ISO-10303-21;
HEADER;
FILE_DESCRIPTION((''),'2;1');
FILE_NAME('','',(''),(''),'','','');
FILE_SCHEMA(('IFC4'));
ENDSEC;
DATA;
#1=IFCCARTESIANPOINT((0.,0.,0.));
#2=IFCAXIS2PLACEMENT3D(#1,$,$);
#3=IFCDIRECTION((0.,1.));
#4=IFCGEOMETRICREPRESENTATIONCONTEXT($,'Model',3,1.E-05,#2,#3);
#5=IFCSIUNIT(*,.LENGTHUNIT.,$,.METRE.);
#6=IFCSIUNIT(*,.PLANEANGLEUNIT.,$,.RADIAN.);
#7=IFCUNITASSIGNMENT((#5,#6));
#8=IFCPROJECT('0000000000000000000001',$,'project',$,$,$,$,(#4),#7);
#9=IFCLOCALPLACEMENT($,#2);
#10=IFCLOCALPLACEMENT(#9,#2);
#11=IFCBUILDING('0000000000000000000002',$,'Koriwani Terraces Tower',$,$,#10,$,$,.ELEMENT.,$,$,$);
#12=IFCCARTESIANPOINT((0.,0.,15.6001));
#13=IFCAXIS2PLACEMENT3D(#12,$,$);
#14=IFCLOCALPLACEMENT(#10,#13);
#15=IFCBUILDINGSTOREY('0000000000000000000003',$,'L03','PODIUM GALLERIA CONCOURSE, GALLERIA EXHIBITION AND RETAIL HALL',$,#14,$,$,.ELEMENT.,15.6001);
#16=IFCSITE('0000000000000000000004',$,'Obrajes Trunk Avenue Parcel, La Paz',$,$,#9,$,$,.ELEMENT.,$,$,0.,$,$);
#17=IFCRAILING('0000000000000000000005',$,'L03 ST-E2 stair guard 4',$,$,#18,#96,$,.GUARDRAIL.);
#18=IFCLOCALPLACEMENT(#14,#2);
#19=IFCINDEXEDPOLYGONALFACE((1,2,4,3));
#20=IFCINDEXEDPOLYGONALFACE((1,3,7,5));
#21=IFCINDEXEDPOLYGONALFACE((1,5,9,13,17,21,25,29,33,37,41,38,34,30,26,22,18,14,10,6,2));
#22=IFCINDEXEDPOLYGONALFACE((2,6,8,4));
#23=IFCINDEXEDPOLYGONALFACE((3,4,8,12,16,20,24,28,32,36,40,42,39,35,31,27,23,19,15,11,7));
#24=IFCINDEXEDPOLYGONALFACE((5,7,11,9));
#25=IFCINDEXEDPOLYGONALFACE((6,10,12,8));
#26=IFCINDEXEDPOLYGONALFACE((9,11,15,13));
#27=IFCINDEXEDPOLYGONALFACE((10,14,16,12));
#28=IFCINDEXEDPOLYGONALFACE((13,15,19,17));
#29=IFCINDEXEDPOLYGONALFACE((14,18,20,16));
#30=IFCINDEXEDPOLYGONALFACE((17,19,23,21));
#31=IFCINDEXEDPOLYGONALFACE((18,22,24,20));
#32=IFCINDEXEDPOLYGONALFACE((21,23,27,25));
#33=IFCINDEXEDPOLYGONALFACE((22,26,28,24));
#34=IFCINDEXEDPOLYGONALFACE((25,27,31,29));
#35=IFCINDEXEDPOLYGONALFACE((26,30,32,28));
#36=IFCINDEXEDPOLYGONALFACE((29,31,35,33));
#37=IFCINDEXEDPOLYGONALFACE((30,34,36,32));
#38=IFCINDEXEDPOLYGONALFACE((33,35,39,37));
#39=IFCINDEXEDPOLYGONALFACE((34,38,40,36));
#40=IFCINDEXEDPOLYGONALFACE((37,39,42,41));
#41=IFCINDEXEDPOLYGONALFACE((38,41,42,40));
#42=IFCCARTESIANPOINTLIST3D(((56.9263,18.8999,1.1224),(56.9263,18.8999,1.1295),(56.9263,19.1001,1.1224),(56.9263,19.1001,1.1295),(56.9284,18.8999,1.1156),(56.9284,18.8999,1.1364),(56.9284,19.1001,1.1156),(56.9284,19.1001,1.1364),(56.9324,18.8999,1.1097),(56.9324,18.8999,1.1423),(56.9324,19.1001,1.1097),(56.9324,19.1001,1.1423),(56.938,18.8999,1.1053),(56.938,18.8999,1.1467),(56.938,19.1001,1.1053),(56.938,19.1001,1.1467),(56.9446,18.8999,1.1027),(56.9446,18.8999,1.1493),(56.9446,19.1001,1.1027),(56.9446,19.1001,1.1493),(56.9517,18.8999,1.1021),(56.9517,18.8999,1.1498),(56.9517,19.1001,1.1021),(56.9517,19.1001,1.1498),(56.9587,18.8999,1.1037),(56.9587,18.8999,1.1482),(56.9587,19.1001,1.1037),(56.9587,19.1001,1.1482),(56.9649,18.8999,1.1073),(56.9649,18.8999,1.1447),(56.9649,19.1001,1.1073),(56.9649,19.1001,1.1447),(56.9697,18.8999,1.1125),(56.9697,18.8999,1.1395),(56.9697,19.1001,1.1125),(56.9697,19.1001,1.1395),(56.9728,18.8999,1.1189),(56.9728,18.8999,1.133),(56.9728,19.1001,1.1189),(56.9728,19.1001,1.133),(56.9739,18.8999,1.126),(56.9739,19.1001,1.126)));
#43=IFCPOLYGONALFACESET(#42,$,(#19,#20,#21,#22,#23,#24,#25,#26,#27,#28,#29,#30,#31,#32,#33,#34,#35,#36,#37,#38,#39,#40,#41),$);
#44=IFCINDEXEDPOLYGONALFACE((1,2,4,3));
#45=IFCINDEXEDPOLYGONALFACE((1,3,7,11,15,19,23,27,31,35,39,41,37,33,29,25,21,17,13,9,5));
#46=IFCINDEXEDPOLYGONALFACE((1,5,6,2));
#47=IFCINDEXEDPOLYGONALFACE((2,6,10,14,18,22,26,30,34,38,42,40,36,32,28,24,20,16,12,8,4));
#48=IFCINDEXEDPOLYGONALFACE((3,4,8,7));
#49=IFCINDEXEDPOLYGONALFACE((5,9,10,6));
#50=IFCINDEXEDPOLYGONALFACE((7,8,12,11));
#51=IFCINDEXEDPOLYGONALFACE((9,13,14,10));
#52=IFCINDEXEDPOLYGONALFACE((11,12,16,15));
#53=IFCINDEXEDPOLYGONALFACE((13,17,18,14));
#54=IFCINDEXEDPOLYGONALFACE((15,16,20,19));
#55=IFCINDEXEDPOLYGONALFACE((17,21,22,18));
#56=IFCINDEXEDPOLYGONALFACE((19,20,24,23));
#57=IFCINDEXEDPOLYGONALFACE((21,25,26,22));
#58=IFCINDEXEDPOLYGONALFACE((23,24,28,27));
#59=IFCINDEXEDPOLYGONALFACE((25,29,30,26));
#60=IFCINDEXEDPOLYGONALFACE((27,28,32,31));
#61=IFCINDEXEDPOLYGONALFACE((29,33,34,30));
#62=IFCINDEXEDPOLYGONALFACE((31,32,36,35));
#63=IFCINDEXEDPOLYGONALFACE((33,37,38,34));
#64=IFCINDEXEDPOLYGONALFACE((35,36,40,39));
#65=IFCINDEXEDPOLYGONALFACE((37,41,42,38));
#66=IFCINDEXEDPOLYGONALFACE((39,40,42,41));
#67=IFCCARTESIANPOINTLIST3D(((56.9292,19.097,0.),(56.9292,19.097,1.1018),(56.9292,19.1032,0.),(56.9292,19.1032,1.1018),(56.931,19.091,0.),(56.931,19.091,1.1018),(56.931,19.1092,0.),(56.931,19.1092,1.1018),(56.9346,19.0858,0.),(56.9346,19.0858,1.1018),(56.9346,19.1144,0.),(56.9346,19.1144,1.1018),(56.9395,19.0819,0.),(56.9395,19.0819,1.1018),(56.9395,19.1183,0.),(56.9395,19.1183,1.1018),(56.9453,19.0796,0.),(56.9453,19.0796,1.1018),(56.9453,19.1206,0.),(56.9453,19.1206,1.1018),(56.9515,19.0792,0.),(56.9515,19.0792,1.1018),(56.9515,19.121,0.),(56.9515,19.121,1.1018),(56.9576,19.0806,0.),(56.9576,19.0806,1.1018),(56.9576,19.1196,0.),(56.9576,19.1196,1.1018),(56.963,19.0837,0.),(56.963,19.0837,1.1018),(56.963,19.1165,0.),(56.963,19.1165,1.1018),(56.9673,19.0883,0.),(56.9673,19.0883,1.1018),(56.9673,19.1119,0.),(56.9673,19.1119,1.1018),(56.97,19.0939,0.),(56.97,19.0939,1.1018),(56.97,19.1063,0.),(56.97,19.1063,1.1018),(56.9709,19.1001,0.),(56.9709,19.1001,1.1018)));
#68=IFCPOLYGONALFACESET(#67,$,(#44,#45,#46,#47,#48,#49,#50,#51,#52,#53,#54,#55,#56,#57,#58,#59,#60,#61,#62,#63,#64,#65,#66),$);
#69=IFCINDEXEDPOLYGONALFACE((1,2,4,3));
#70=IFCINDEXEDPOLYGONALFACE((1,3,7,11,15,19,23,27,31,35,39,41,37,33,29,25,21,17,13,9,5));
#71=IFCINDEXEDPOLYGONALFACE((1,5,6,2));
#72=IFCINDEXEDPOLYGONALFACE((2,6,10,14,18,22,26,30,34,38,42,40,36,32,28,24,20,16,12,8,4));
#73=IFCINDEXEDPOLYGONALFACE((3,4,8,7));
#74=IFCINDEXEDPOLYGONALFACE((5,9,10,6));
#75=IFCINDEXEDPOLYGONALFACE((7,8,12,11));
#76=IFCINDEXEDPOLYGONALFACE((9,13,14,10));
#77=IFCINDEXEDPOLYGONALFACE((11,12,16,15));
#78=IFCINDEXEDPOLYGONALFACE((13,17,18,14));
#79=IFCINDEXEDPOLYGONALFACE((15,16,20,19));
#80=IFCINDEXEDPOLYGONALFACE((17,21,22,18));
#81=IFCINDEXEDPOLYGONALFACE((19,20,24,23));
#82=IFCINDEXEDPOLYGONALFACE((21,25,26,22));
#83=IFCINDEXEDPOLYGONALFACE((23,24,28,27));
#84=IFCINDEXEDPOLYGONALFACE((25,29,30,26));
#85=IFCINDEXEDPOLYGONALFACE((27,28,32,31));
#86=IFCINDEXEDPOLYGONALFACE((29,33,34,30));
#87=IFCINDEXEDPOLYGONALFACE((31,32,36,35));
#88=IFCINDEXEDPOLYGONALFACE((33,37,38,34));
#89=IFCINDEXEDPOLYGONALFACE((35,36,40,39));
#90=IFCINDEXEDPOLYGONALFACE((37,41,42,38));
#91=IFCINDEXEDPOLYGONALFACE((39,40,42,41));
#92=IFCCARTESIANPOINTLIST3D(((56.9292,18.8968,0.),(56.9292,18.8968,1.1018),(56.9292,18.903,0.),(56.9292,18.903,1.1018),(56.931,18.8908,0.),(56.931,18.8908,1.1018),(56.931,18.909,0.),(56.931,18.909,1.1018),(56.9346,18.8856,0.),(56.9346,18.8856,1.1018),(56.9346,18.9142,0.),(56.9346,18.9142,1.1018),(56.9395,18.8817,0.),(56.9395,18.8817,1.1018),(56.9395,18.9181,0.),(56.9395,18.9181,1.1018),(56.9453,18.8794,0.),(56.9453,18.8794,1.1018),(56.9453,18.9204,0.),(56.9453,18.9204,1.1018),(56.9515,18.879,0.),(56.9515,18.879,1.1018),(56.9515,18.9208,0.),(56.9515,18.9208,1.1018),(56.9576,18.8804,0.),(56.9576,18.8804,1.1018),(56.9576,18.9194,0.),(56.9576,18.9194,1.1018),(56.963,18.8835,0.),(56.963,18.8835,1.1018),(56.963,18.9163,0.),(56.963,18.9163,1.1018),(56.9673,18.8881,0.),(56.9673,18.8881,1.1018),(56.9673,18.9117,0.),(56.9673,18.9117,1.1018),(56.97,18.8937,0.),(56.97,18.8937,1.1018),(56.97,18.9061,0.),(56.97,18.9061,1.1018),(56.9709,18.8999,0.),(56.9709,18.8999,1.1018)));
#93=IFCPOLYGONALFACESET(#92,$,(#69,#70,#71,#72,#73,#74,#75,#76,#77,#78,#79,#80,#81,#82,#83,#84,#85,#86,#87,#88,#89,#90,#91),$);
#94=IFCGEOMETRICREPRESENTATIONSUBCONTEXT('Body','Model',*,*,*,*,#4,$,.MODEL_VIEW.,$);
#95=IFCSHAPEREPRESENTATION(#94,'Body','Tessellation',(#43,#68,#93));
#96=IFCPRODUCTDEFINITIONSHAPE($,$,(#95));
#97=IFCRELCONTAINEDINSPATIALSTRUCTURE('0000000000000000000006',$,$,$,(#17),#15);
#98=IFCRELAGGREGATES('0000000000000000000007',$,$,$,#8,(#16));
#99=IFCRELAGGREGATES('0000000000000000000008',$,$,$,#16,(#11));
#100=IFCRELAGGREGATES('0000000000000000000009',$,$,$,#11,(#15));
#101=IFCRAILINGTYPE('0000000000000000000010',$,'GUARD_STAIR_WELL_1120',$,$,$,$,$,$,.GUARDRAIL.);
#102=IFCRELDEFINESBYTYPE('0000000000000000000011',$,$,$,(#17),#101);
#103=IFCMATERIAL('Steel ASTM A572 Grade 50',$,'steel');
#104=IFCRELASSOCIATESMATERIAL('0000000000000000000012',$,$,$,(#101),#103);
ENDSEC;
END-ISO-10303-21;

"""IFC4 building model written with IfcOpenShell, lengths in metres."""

from ifc_helpers import new_model, si_unit, direction, frame, origin, origin_2d, place, context, subcontext, project, spatial, circle, extrude, material, type_object, element, save


model = new_model("IFC4")

# Units and contexts
model_context = context("Model", 3, precision=1e-05, world=origin(), true_north=direction((0.0, 1.0)))
body_context = subcontext(model_context, "Body", "Model", "MODEL_VIEW")
ifc_project = project(units=[si_unit("LENGTHUNIT", "METRE"), si_unit("PLANEANGLEUNIT", "RADIAN")], contexts=[model_context])

# Site, building, storey
site_placement = place(None, origin())
site = spatial("IfcSite", under=ifc_project, at=site_placement, Name="Obrajes Trunk Avenue Parcel, La Paz", CompositionType="ELEMENT", RefElevation=0.0)
building_placement = place(site_placement, origin())
building = spatial("IfcBuilding", under=site, at=building_placement, Name="Koriwani Terraces Tower", CompositionType="ELEMENT")
storey_placement = place(building_placement, frame((0.0, 0.0, 15.6001)))
storey = spatial("IfcBuildingStorey", under=building, at=storey_placement, Name="L03", Description="PODIUM GALLERIA CONCOURSE, GALLERIA EXHIBITION AND RETAIL HALL", CompositionType="ELEMENT", Elevation=15.6001)

# Shared definitions
ifc_material_1 = material(Name="Steel ASTM A572 Grade 50", Category="steel")

# Railing
railing_type_1 = type_object("IfcRailingType", Name="GUARD_STAIR_WELL_1120", PredefinedType="GUARDRAIL", material=ifc_material_1)
railing_1_placement = place(storey_placement, frame((56.95, 19.1001, 0.0)))
element("IfcRailing", 1, at=railing_1_placement, inside=storey, type_object=railing_type_1, Name="L03 ST-E2 stair guard 4", PredefinedType="GUARDRAIL", context=body_context, shape_type="SweptSolid", body=[
    extrude(circle(Radius=0.0239, at=origin_2d()), frame((0.0, 0.0, 1.126), z_axis=(0.0, -1.0, 0.0), x_axis=(1.0, 0.0, 0.0)), (0.0, 0.0, 1.0), 0.2002),
    extrude(circle(Radius=0.021, at=origin_2d()), origin(), (0.0, 0.0, 1.0), 1.1018),
    extrude(circle(Radius=0.021, at=origin_2d()), frame((0.0, -0.2002, 0.0)), (0.0, 0.0, 1.0), 1.1018),
])

save(model, "model.ifc")
